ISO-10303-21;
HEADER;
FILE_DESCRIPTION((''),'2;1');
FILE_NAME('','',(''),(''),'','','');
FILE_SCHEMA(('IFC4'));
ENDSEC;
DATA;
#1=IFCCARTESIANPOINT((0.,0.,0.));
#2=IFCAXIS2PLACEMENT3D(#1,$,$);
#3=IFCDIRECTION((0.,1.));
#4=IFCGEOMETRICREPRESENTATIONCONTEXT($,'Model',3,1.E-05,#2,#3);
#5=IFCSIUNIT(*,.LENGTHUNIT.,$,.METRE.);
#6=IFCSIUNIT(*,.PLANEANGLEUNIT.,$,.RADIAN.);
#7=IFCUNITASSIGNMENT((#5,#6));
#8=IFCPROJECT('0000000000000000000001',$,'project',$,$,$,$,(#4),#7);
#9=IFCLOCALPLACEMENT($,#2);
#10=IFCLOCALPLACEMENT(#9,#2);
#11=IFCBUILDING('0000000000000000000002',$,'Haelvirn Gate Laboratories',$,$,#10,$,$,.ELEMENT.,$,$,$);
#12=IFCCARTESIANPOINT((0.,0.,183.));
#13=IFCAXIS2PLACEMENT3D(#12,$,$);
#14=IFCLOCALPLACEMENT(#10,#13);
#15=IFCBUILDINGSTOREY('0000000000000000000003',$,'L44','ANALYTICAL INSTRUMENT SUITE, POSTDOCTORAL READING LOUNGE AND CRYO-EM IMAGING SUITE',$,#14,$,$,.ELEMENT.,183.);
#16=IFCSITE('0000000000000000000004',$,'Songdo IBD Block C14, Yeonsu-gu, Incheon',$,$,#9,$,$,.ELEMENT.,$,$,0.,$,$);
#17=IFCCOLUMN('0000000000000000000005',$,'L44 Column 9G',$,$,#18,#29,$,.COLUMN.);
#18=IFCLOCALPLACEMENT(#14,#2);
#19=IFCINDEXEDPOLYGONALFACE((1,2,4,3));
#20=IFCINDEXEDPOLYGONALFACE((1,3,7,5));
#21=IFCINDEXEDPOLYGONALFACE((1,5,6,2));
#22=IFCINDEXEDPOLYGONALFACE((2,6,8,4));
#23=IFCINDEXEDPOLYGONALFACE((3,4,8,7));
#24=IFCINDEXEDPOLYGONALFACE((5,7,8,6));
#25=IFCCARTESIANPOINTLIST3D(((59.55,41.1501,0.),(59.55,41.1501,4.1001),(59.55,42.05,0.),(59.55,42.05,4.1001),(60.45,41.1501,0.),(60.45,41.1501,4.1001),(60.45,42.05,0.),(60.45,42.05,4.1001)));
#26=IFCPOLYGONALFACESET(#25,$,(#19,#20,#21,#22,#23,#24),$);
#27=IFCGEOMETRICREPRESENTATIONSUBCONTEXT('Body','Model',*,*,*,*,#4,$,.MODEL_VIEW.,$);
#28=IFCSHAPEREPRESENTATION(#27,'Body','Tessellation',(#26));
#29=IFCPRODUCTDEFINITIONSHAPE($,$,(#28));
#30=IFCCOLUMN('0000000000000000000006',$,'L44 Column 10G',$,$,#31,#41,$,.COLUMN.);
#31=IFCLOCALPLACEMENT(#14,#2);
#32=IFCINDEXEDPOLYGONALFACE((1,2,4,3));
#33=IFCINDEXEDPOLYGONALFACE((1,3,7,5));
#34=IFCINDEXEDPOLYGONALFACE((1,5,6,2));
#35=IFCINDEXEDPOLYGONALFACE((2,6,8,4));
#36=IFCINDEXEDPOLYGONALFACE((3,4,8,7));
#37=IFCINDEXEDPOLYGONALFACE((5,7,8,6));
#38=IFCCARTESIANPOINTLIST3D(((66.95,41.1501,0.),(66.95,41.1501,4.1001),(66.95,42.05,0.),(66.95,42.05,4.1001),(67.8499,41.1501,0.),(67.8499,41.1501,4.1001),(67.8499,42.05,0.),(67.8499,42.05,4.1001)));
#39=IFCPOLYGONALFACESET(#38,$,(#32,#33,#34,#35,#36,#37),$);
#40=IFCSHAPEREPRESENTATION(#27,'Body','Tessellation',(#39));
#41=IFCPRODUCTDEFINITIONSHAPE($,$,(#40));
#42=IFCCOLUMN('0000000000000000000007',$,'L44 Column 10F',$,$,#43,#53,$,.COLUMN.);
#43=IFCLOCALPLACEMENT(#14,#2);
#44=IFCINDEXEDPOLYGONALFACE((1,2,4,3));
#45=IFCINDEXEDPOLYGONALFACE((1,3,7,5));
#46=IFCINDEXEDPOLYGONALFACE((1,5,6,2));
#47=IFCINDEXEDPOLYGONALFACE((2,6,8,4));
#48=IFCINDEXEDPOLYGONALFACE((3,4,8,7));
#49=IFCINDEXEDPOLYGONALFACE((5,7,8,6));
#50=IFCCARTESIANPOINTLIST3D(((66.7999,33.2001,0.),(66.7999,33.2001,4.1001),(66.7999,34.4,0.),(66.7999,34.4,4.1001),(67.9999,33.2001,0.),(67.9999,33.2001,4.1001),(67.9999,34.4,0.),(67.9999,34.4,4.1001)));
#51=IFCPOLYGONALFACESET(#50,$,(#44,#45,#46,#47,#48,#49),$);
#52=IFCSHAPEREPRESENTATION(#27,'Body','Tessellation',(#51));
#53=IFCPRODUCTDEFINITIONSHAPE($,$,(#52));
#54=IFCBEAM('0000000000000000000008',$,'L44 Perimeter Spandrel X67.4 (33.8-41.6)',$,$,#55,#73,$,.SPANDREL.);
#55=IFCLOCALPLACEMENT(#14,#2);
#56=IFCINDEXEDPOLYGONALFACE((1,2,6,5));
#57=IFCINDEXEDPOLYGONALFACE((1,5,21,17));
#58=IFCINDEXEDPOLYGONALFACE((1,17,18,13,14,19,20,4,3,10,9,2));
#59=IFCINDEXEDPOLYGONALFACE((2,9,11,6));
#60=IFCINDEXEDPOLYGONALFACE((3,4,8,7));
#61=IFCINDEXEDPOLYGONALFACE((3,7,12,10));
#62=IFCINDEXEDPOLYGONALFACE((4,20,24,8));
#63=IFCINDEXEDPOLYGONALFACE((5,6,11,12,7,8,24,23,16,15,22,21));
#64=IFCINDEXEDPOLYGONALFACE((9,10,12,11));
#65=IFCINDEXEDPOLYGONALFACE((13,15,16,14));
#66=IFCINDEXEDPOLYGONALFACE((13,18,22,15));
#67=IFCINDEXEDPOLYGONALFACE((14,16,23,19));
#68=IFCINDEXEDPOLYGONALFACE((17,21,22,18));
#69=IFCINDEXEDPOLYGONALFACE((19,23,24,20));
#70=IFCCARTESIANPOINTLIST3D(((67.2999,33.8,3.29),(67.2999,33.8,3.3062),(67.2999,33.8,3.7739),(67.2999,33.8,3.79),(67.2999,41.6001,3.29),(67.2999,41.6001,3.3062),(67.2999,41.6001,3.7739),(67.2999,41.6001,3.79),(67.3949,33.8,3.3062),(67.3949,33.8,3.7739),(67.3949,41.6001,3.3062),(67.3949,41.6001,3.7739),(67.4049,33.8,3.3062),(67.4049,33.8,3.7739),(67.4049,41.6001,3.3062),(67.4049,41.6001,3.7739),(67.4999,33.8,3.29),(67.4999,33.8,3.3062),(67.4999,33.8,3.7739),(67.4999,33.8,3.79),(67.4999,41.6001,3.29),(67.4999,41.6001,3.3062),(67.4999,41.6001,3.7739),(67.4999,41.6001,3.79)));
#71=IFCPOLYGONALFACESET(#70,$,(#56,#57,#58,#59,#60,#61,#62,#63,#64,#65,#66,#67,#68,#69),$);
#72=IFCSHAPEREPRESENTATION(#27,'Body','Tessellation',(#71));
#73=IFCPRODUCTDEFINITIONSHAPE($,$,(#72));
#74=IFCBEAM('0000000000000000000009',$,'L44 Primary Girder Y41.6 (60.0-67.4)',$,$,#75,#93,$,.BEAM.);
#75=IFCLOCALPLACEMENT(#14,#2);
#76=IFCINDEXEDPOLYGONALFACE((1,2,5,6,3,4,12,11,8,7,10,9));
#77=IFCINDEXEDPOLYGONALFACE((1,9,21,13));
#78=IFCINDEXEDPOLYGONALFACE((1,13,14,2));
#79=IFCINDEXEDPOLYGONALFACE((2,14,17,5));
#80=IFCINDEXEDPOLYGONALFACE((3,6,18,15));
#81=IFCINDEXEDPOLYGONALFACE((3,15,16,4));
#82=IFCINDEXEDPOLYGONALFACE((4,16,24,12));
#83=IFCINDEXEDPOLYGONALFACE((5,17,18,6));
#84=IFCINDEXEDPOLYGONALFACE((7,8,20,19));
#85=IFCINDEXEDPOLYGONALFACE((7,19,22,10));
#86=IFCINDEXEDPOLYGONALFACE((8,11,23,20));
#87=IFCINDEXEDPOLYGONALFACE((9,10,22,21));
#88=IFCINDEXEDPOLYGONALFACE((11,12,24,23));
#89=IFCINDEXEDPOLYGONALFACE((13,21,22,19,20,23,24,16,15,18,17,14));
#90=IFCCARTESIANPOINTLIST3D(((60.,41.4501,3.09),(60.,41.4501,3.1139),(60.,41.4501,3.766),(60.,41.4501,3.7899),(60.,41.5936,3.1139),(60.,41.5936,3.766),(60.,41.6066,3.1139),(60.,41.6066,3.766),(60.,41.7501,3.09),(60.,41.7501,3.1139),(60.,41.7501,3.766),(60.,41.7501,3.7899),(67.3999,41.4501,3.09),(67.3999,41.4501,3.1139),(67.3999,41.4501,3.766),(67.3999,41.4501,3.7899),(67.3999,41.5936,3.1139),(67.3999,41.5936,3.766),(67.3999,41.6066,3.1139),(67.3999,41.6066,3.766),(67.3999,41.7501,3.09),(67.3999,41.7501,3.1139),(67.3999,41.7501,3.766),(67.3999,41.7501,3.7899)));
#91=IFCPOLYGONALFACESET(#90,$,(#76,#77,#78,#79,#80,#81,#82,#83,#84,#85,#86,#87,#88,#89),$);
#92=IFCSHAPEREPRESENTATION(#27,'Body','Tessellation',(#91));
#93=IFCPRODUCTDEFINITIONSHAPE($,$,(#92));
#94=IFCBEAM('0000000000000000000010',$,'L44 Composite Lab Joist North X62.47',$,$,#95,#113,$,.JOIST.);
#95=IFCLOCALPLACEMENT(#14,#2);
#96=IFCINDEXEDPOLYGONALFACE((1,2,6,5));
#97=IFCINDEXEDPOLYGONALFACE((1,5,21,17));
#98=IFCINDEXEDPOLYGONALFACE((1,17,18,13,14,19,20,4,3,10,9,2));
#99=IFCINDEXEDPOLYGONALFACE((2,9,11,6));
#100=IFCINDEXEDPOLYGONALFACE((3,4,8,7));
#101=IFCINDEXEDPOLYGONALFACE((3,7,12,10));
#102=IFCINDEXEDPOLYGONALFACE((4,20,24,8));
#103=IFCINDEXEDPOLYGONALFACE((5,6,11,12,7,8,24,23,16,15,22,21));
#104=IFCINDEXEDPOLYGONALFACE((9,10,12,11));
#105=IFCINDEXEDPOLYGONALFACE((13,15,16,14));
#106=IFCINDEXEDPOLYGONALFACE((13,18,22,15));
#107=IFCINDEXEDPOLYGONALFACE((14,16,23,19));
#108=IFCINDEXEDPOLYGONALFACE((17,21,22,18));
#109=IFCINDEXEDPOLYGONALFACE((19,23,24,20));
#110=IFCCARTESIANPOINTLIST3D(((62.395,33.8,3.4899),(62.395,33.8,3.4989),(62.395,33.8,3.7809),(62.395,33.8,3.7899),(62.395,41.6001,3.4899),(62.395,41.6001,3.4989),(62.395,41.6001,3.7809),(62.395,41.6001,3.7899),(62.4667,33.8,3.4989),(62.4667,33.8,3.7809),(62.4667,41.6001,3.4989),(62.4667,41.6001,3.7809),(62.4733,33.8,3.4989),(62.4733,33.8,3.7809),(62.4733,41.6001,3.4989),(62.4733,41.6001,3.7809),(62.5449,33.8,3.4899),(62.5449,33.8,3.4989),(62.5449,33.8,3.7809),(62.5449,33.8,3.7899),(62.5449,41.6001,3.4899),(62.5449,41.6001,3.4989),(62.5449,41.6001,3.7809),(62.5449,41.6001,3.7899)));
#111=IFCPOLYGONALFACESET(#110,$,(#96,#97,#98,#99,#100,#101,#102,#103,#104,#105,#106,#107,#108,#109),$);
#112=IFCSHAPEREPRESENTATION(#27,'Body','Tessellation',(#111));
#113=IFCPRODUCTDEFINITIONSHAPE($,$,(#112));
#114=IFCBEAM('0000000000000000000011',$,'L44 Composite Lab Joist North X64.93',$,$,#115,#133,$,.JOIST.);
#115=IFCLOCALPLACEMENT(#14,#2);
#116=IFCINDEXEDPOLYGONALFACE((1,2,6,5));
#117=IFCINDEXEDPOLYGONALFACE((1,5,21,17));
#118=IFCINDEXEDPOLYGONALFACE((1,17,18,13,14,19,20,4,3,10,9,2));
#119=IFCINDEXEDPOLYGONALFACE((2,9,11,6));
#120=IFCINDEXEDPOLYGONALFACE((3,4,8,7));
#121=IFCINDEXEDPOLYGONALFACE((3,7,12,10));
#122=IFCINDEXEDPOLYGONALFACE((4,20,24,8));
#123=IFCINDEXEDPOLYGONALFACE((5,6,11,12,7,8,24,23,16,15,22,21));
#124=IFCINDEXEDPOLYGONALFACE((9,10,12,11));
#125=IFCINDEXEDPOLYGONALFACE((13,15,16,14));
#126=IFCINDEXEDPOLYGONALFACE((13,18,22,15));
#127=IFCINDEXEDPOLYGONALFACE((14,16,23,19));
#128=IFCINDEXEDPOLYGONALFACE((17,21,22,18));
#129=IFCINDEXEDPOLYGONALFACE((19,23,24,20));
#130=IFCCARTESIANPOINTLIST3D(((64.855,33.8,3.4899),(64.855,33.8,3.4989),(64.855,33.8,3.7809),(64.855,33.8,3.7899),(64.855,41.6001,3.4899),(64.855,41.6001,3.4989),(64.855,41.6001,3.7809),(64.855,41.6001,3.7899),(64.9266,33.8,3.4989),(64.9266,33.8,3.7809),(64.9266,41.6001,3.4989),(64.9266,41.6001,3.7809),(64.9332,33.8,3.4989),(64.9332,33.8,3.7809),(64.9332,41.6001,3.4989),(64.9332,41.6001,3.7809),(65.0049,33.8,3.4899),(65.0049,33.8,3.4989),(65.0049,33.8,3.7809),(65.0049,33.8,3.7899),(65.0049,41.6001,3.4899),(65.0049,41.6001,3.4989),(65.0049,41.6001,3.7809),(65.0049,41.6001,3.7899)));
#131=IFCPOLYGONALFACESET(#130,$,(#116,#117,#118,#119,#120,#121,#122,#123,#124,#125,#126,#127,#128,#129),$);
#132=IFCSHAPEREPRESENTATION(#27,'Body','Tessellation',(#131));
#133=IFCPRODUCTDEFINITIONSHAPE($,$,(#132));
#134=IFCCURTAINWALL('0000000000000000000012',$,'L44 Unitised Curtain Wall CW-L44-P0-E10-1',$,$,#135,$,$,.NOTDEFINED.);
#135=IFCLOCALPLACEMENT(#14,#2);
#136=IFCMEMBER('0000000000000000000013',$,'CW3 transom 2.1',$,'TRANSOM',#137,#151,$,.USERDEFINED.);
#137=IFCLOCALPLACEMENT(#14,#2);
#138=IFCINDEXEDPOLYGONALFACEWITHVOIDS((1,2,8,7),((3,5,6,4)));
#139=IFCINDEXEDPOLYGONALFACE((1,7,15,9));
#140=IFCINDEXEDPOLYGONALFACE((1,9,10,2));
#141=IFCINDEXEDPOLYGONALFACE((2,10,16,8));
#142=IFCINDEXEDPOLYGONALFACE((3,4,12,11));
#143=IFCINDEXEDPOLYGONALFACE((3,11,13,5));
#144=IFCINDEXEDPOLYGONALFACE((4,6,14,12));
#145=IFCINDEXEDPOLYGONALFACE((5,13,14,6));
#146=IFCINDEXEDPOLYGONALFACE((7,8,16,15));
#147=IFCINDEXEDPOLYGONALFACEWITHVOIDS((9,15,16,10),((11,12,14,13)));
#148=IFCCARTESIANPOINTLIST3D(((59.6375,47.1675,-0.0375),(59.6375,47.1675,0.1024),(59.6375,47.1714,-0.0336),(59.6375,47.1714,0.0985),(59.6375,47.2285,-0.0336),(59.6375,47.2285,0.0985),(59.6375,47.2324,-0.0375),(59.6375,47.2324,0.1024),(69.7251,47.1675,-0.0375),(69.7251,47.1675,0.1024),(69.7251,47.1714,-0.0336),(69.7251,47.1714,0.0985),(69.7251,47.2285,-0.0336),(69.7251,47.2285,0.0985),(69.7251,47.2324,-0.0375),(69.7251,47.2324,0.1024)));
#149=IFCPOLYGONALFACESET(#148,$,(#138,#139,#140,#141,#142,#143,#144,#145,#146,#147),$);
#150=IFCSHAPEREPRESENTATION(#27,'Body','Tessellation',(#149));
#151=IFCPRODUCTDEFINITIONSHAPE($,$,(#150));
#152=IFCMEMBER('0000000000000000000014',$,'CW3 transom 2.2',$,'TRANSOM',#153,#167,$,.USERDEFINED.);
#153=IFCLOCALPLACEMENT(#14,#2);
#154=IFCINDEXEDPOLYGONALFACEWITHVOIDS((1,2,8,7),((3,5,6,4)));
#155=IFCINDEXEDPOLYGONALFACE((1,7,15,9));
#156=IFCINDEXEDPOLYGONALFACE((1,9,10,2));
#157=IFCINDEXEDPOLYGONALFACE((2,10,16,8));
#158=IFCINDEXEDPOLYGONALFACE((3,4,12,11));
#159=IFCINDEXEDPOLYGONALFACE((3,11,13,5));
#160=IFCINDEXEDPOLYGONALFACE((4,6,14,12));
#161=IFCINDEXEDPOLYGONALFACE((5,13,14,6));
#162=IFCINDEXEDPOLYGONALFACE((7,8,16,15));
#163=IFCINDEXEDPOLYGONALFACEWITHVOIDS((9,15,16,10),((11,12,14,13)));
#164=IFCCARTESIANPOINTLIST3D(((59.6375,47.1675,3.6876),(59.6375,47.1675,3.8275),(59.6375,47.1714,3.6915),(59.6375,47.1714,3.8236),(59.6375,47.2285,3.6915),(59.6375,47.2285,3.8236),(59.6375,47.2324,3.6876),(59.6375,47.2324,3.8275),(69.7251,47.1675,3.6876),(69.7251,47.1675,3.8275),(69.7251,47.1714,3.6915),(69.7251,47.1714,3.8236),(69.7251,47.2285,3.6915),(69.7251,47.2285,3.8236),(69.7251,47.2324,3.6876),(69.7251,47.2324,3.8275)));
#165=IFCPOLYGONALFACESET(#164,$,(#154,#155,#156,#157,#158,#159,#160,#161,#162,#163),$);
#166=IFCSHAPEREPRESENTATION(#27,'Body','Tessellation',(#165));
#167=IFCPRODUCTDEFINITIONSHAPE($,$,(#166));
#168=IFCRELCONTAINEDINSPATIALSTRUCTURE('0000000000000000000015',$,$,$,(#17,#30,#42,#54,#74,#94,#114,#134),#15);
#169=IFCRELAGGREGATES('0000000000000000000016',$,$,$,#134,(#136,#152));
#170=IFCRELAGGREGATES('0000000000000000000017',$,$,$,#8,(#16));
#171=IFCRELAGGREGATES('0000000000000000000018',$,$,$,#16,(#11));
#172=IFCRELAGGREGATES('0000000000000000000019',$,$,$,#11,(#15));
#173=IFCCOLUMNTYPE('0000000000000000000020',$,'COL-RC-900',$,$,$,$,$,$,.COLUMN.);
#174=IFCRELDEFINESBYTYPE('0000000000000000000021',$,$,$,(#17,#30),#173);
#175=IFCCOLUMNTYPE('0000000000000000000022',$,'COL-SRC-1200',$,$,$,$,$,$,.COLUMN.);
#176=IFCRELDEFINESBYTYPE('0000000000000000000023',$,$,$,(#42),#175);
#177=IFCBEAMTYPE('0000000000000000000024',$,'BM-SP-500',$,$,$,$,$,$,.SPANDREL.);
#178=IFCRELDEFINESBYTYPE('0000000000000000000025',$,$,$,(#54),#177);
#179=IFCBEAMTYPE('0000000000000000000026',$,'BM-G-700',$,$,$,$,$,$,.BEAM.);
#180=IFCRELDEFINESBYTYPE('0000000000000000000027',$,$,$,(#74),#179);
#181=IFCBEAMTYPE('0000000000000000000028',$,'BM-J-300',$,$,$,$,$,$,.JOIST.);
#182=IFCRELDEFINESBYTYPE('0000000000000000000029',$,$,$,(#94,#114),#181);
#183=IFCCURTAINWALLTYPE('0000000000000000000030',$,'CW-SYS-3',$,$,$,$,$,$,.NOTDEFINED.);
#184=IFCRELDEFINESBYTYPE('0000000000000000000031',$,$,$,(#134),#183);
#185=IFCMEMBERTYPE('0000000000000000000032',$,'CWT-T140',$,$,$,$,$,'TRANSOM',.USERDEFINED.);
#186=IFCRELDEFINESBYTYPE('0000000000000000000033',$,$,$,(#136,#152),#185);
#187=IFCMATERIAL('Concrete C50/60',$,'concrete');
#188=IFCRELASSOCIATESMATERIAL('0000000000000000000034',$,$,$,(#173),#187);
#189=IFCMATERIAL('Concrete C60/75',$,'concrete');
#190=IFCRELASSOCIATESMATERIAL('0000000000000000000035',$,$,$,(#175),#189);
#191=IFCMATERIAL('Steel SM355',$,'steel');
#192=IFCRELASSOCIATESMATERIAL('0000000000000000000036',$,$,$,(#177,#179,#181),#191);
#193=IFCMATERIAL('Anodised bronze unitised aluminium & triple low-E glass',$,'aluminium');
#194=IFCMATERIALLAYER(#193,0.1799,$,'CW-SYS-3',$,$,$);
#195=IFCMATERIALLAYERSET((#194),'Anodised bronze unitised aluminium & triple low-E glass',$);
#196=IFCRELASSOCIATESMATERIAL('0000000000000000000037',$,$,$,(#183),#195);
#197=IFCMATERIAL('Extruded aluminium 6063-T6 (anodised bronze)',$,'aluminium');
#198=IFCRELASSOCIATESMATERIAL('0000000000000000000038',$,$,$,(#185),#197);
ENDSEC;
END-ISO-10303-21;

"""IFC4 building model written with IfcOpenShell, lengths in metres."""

from ifc_helpers import new_model, si_unit, direction, frame, origin, origin_2d, place, context, subcontext, project, spatial, rectangle, hollow_rectangle, i_section, extrude, source, transform, mapped, material, layer, layer_set, material_profile, profile_set, type_object, type_shapes, element, aggregate, save


model = new_model("IFC4")

# Units and contexts
model_context = context("Model", 3, precision=1e-05, world=origin(), true_north=direction((0.0, 1.0)))
body_context = subcontext(model_context, "Body", "Model", "MODEL_VIEW")
ifc_project = project(units=[si_unit("LENGTHUNIT", "METRE"), si_unit("PLANEANGLEUNIT", "RADIAN")], contexts=[model_context])

# Site, building, storey
site_placement = place(None, origin())
site = spatial("IfcSite", under=ifc_project, at=site_placement, Name="Songdo IBD Block C14, Yeonsu-gu, Incheon", CompositionType="ELEMENT", RefElevation=0.0)
building_placement = place(site_placement, origin())
building = spatial("IfcBuilding", under=site, at=building_placement, Name="Haelvirn Gate Laboratories", CompositionType="ELEMENT")
storey_placement = place(building_placement, frame((0.0, 0.0, 183.0)))
storey = spatial("IfcBuildingStorey", under=building, at=storey_placement, Name="L44", Description="ANALYTICAL INSTRUMENT SUITE, POSTDOCTORAL READING LOUNGE AND CRYO-EM IMAGING SUITE", CompositionType="ELEMENT", Elevation=183.0)

# Columns
ifc_material_1 = material(Name="Concrete C50/60", Category="concrete")
ifc_material_profile_1 = material_profile(ifc_material_1, rectangle(XDim=0.8999, YDim=0.8999, at=origin_2d()), Name="RC-900x900")
ifc_profile_set_1 = profile_set([ifc_material_profile_1], Name="Concrete C50/60")
column_type_1 = type_object("IfcColumnType", Name="COL-RC-900", PredefinedType="COLUMN", material=ifc_profile_set_1)
shared_shape_1 = source(origin(), body_context, "Body", "SweptSolid", [
    extrude(rectangle(XDim=0.8999, YDim=0.8999, at=origin_2d()), origin(), (0.0, 0.0, 1.0), 4.1001),
])
type_shapes(column_type_1, [shared_shape_1])
for number, where, z_axis, x_axis, name in (
    (1, (60.0, 41.6001, 0.0), (0.0, 0.0, 1.0), (1.0, 0.0, 0.0), "L44 Column 9G"),
    (2, (67.3999, 41.6001, 0.0), (0.0, 0.0, 1.0), (1.0, 0.0, 0.0), "L44 Column 10G"),
):
    element("IfcColumn", number, at=place(storey_placement, frame(where, z_axis=z_axis, x_axis=x_axis)), inside=storey, type_object=column_type_1, Name=name, PredefinedType="COLUMN", context=body_context, shape_type="MappedRepresentation", body=[
        mapped(shared_shape_1, transform((0.0, 0.0, 0.0), scale=1.0)),
    ])
ifc_material_2 = material(Name="Concrete C60/75", Category="concrete")
ifc_material_profile_2 = material_profile(ifc_material_2, rectangle(XDim=1.2, YDim=1.2, at=origin_2d()), Name="SRC-1200x1200")
ifc_profile_set_2 = profile_set([ifc_material_profile_2], Name="Concrete C60/75")
column_type_2 = type_object("IfcColumnType", Name="COL-SRC-1200", PredefinedType="COLUMN", material=ifc_profile_set_2)
shared_shape_2 = source(origin(), body_context, "Body", "SweptSolid", [
    extrude(rectangle(XDim=1.2, YDim=1.2, at=origin_2d()), origin(), (0.0, 0.0, 1.0), 4.1001),
])
type_shapes(column_type_2, [shared_shape_2])
column_placement = place(storey_placement, frame((67.3999, 33.8, 0.0), z_axis=(0.0, 0.0, 1.0), x_axis=(1.0, 0.0, 0.0)))
element("IfcColumn", 3, at=column_placement, inside=storey, type_object=column_type_2, Name="L44 Column 10F", PredefinedType="COLUMN", context=body_context, shape_type="MappedRepresentation", body=[
    mapped(shared_shape_2, transform((0.0, 0.0, 0.0), scale=1.0)),
])

# Beams
ifc_material_3 = material(Name="Steel SM355", Category="steel")
ifc_material_profile_3 = material_profile(ifc_material_3, i_section(OverallWidth=0.2, OverallDepth=0.5, WebThickness=0.01, FlangeThickness=0.0161, at=origin_2d()), Name="H-500x200x10x16")
ifc_profile_set_3 = profile_set([ifc_material_profile_3], Name="Steel SM355")
beam_type_1 = type_object("IfcBeamType", Name="BM-SP-500", PredefinedType="SPANDREL", material=ifc_profile_set_3)
shared_shape_3 = source(origin(), body_context, "Body", "SweptSolid", [
    extrude(i_section(OverallWidth=0.2, OverallDepth=0.5, WebThickness=0.01, FlangeThickness=0.0161, at=origin_2d()), origin(), (0.0, 0.0, 1.0), 7.8),
])
type_shapes(beam_type_1, [shared_shape_3])
beam_1_placement = place(storey_placement, frame((67.3999, 33.8, 3.54), z_axis=(0.0, 1.0, 0.0), x_axis=(-1.0, 0.0, 0.0)))
element("IfcBeam", 4, at=beam_1_placement, inside=storey, type_object=beam_type_1, Name="L44 Perimeter Spandrel X67.4 (33.8-41.6)", PredefinedType="SPANDREL", context=body_context, shape_type="MappedRepresentation", body=[
    mapped(shared_shape_3, transform((0.0, 0.0, 0.0), scale=1.0)),
])
ifc_material_profile_4 = material_profile(ifc_material_3, i_section(OverallWidth=0.3, OverallDepth=0.7, WebThickness=0.0129, FlangeThickness=0.0239, at=origin_2d()), Name="H-700x300x13x24")
ifc_profile_set_4 = profile_set([ifc_material_profile_4], Name="Steel SM355")
beam_type_2 = type_object("IfcBeamType", Name="BM-G-700", PredefinedType="BEAM", material=ifc_profile_set_4)
shared_shape_4 = source(origin(), body_context, "Body", "SweptSolid", [
    extrude(i_section(OverallWidth=0.3, OverallDepth=0.7, WebThickness=0.0129, FlangeThickness=0.0239, at=origin_2d()), origin(), (0.0, 0.0, 1.0), 7.3999),
])
type_shapes(beam_type_2, [shared_shape_4])
beam_2_placement = place(storey_placement, frame((60.0, 41.6001, 3.4399), z_axis=(1.0, 0.0, 0.0), x_axis=(0.0, 1.0, 0.0)))
element("IfcBeam", 5, at=beam_2_placement, inside=storey, type_object=beam_type_2, Name="L44 Primary Girder Y41.6 (60.0-67.4)", PredefinedType="BEAM", context=body_context, shape_type="MappedRepresentation", body=[
    mapped(shared_shape_4, transform((0.0, 0.0, 0.0), scale=1.0)),
])
ifc_material_profile_5 = material_profile(ifc_material_3, i_section(OverallWidth=0.1499, OverallDepth=0.3, WebThickness=0.0066, FlangeThickness=0.009, at=origin_2d()), Name="H-300x150x6.5x9")
ifc_profile_set_5 = profile_set([ifc_material_profile_5], Name="Steel SM355")
beam_type_3 = type_object("IfcBeamType", Name="BM-J-300", PredefinedType="JOIST", material=ifc_profile_set_5)
shared_shape_5 = source(origin(), body_context, "Body", "SweptSolid", [
    extrude(i_section(OverallWidth=0.1499, OverallDepth=0.3, WebThickness=0.0066, FlangeThickness=0.009, at=origin_2d()), origin(), (0.0, 0.0, 1.0), 7.8),
])
type_shapes(beam_type_3, [shared_shape_5])
for number, where, z_axis, x_axis, name in (
    (6, (62.47, 33.8, 3.6399), (0.0, 1.0, 0.0), (-1.0, 0.0, 0.0), "L44 Composite Lab Joist North X62.47"),
    (7, (64.9299, 33.8, 3.6399), (0.0, 1.0, 0.0), (-1.0, 0.0, 0.0), "L44 Composite Lab Joist North X64.93"),
):
    element("IfcBeam", number, at=place(storey_placement, frame(where, z_axis=z_axis, x_axis=x_axis)), inside=storey, type_object=beam_type_3, Name=name, PredefinedType="JOIST", context=body_context, shape_type="MappedRepresentation", body=[
        mapped(shared_shape_5, transform((0.0, 0.0, 0.0), scale=1.0)),
    ])

# Curtain wall, members
ifc_material_4 = material(Name="Anodised bronze unitised aluminium & triple low-E glass", Category="aluminium")
ifc_layer_1 = layer(ifc_material_4, 0.1799, Name="CW-SYS-3")
ifc_layer_set_1 = layer_set([ifc_layer_1], Name="Anodised bronze unitised aluminium & triple low-E glass")
curtain_wall_type_1 = type_object("IfcCurtainWallType", Name="CW-SYS-3", PredefinedType="NOTDEFINED", material=ifc_layer_set_1)
curtain_wall_1_placement = place(storey_placement, origin())
curtain_wall_1 = element("IfcCurtainWall", 8, at=curtain_wall_1_placement, inside=storey, type_object=curtain_wall_type_1, Name="L44 Unitised Curtain Wall CW-L44-P0-E10-1", PredefinedType="NOTDEFINED")
ifc_material_5 = material(Name="Extruded aluminium 6063-T6 (anodised bronze)", Category="aluminium")
ifc_material_profile_6 = material_profile(ifc_material_5, hollow_rectangle(XDim=0.0649, YDim=0.1399, WallThickness=0.0039, at=origin_2d()), Name="CWT-140x65x4")
ifc_profile_set_6 = profile_set([ifc_material_profile_6], Name="Extruded aluminium 6063-T6 (anodised bronze)")
member_type_1 = type_object("IfcMemberType", Name="CWT-T140", ElementType="TRANSOM", PredefinedType="USERDEFINED", material=ifc_profile_set_6)
shared_shape_6 = source(origin(), body_context, "Body", "SweptSolid", [
    extrude(hollow_rectangle(XDim=0.0649, YDim=0.1399, WallThickness=0.0039, at=origin_2d()), origin(), (0.0, 0.0, 1.0), 10.0876),
])
member_1_placement = place(storey_placement, frame((59.6375, 47.2, 0.0325), z_axis=(1.0, 0.0, 0.0), x_axis=(0.0, 1.0, 0.0)))
member_1 = element("IfcMember", 9, at=member_1_placement, type_object=member_type_1, Name="CW3 transom 2.1", ObjectType="TRANSOM", PredefinedType="USERDEFINED", context=body_context, shape_type="MappedRepresentation", body=[
    mapped(shared_shape_6, transform((0.0, 0.0, 0.0), scale=1.0)),
])
member_2_placement = place(storey_placement, frame((59.6375, 47.2, 3.7576), z_axis=(1.0, 0.0, 0.0), x_axis=(0.0, 1.0, 0.0)))
member_2 = element("IfcMember", 10, at=member_2_placement, type_object=member_type_1, Name="CW3 transom 2.2", ObjectType="TRANSOM", PredefinedType="USERDEFINED", context=body_context, shape_type="MappedRepresentation", body=[
    mapped(shared_shape_6, transform((0.0, 0.0, 0.0), scale=1.0)),
])

aggregate(curtain_wall_1, [member_1, member_2])

save(model, "model.ifc")
